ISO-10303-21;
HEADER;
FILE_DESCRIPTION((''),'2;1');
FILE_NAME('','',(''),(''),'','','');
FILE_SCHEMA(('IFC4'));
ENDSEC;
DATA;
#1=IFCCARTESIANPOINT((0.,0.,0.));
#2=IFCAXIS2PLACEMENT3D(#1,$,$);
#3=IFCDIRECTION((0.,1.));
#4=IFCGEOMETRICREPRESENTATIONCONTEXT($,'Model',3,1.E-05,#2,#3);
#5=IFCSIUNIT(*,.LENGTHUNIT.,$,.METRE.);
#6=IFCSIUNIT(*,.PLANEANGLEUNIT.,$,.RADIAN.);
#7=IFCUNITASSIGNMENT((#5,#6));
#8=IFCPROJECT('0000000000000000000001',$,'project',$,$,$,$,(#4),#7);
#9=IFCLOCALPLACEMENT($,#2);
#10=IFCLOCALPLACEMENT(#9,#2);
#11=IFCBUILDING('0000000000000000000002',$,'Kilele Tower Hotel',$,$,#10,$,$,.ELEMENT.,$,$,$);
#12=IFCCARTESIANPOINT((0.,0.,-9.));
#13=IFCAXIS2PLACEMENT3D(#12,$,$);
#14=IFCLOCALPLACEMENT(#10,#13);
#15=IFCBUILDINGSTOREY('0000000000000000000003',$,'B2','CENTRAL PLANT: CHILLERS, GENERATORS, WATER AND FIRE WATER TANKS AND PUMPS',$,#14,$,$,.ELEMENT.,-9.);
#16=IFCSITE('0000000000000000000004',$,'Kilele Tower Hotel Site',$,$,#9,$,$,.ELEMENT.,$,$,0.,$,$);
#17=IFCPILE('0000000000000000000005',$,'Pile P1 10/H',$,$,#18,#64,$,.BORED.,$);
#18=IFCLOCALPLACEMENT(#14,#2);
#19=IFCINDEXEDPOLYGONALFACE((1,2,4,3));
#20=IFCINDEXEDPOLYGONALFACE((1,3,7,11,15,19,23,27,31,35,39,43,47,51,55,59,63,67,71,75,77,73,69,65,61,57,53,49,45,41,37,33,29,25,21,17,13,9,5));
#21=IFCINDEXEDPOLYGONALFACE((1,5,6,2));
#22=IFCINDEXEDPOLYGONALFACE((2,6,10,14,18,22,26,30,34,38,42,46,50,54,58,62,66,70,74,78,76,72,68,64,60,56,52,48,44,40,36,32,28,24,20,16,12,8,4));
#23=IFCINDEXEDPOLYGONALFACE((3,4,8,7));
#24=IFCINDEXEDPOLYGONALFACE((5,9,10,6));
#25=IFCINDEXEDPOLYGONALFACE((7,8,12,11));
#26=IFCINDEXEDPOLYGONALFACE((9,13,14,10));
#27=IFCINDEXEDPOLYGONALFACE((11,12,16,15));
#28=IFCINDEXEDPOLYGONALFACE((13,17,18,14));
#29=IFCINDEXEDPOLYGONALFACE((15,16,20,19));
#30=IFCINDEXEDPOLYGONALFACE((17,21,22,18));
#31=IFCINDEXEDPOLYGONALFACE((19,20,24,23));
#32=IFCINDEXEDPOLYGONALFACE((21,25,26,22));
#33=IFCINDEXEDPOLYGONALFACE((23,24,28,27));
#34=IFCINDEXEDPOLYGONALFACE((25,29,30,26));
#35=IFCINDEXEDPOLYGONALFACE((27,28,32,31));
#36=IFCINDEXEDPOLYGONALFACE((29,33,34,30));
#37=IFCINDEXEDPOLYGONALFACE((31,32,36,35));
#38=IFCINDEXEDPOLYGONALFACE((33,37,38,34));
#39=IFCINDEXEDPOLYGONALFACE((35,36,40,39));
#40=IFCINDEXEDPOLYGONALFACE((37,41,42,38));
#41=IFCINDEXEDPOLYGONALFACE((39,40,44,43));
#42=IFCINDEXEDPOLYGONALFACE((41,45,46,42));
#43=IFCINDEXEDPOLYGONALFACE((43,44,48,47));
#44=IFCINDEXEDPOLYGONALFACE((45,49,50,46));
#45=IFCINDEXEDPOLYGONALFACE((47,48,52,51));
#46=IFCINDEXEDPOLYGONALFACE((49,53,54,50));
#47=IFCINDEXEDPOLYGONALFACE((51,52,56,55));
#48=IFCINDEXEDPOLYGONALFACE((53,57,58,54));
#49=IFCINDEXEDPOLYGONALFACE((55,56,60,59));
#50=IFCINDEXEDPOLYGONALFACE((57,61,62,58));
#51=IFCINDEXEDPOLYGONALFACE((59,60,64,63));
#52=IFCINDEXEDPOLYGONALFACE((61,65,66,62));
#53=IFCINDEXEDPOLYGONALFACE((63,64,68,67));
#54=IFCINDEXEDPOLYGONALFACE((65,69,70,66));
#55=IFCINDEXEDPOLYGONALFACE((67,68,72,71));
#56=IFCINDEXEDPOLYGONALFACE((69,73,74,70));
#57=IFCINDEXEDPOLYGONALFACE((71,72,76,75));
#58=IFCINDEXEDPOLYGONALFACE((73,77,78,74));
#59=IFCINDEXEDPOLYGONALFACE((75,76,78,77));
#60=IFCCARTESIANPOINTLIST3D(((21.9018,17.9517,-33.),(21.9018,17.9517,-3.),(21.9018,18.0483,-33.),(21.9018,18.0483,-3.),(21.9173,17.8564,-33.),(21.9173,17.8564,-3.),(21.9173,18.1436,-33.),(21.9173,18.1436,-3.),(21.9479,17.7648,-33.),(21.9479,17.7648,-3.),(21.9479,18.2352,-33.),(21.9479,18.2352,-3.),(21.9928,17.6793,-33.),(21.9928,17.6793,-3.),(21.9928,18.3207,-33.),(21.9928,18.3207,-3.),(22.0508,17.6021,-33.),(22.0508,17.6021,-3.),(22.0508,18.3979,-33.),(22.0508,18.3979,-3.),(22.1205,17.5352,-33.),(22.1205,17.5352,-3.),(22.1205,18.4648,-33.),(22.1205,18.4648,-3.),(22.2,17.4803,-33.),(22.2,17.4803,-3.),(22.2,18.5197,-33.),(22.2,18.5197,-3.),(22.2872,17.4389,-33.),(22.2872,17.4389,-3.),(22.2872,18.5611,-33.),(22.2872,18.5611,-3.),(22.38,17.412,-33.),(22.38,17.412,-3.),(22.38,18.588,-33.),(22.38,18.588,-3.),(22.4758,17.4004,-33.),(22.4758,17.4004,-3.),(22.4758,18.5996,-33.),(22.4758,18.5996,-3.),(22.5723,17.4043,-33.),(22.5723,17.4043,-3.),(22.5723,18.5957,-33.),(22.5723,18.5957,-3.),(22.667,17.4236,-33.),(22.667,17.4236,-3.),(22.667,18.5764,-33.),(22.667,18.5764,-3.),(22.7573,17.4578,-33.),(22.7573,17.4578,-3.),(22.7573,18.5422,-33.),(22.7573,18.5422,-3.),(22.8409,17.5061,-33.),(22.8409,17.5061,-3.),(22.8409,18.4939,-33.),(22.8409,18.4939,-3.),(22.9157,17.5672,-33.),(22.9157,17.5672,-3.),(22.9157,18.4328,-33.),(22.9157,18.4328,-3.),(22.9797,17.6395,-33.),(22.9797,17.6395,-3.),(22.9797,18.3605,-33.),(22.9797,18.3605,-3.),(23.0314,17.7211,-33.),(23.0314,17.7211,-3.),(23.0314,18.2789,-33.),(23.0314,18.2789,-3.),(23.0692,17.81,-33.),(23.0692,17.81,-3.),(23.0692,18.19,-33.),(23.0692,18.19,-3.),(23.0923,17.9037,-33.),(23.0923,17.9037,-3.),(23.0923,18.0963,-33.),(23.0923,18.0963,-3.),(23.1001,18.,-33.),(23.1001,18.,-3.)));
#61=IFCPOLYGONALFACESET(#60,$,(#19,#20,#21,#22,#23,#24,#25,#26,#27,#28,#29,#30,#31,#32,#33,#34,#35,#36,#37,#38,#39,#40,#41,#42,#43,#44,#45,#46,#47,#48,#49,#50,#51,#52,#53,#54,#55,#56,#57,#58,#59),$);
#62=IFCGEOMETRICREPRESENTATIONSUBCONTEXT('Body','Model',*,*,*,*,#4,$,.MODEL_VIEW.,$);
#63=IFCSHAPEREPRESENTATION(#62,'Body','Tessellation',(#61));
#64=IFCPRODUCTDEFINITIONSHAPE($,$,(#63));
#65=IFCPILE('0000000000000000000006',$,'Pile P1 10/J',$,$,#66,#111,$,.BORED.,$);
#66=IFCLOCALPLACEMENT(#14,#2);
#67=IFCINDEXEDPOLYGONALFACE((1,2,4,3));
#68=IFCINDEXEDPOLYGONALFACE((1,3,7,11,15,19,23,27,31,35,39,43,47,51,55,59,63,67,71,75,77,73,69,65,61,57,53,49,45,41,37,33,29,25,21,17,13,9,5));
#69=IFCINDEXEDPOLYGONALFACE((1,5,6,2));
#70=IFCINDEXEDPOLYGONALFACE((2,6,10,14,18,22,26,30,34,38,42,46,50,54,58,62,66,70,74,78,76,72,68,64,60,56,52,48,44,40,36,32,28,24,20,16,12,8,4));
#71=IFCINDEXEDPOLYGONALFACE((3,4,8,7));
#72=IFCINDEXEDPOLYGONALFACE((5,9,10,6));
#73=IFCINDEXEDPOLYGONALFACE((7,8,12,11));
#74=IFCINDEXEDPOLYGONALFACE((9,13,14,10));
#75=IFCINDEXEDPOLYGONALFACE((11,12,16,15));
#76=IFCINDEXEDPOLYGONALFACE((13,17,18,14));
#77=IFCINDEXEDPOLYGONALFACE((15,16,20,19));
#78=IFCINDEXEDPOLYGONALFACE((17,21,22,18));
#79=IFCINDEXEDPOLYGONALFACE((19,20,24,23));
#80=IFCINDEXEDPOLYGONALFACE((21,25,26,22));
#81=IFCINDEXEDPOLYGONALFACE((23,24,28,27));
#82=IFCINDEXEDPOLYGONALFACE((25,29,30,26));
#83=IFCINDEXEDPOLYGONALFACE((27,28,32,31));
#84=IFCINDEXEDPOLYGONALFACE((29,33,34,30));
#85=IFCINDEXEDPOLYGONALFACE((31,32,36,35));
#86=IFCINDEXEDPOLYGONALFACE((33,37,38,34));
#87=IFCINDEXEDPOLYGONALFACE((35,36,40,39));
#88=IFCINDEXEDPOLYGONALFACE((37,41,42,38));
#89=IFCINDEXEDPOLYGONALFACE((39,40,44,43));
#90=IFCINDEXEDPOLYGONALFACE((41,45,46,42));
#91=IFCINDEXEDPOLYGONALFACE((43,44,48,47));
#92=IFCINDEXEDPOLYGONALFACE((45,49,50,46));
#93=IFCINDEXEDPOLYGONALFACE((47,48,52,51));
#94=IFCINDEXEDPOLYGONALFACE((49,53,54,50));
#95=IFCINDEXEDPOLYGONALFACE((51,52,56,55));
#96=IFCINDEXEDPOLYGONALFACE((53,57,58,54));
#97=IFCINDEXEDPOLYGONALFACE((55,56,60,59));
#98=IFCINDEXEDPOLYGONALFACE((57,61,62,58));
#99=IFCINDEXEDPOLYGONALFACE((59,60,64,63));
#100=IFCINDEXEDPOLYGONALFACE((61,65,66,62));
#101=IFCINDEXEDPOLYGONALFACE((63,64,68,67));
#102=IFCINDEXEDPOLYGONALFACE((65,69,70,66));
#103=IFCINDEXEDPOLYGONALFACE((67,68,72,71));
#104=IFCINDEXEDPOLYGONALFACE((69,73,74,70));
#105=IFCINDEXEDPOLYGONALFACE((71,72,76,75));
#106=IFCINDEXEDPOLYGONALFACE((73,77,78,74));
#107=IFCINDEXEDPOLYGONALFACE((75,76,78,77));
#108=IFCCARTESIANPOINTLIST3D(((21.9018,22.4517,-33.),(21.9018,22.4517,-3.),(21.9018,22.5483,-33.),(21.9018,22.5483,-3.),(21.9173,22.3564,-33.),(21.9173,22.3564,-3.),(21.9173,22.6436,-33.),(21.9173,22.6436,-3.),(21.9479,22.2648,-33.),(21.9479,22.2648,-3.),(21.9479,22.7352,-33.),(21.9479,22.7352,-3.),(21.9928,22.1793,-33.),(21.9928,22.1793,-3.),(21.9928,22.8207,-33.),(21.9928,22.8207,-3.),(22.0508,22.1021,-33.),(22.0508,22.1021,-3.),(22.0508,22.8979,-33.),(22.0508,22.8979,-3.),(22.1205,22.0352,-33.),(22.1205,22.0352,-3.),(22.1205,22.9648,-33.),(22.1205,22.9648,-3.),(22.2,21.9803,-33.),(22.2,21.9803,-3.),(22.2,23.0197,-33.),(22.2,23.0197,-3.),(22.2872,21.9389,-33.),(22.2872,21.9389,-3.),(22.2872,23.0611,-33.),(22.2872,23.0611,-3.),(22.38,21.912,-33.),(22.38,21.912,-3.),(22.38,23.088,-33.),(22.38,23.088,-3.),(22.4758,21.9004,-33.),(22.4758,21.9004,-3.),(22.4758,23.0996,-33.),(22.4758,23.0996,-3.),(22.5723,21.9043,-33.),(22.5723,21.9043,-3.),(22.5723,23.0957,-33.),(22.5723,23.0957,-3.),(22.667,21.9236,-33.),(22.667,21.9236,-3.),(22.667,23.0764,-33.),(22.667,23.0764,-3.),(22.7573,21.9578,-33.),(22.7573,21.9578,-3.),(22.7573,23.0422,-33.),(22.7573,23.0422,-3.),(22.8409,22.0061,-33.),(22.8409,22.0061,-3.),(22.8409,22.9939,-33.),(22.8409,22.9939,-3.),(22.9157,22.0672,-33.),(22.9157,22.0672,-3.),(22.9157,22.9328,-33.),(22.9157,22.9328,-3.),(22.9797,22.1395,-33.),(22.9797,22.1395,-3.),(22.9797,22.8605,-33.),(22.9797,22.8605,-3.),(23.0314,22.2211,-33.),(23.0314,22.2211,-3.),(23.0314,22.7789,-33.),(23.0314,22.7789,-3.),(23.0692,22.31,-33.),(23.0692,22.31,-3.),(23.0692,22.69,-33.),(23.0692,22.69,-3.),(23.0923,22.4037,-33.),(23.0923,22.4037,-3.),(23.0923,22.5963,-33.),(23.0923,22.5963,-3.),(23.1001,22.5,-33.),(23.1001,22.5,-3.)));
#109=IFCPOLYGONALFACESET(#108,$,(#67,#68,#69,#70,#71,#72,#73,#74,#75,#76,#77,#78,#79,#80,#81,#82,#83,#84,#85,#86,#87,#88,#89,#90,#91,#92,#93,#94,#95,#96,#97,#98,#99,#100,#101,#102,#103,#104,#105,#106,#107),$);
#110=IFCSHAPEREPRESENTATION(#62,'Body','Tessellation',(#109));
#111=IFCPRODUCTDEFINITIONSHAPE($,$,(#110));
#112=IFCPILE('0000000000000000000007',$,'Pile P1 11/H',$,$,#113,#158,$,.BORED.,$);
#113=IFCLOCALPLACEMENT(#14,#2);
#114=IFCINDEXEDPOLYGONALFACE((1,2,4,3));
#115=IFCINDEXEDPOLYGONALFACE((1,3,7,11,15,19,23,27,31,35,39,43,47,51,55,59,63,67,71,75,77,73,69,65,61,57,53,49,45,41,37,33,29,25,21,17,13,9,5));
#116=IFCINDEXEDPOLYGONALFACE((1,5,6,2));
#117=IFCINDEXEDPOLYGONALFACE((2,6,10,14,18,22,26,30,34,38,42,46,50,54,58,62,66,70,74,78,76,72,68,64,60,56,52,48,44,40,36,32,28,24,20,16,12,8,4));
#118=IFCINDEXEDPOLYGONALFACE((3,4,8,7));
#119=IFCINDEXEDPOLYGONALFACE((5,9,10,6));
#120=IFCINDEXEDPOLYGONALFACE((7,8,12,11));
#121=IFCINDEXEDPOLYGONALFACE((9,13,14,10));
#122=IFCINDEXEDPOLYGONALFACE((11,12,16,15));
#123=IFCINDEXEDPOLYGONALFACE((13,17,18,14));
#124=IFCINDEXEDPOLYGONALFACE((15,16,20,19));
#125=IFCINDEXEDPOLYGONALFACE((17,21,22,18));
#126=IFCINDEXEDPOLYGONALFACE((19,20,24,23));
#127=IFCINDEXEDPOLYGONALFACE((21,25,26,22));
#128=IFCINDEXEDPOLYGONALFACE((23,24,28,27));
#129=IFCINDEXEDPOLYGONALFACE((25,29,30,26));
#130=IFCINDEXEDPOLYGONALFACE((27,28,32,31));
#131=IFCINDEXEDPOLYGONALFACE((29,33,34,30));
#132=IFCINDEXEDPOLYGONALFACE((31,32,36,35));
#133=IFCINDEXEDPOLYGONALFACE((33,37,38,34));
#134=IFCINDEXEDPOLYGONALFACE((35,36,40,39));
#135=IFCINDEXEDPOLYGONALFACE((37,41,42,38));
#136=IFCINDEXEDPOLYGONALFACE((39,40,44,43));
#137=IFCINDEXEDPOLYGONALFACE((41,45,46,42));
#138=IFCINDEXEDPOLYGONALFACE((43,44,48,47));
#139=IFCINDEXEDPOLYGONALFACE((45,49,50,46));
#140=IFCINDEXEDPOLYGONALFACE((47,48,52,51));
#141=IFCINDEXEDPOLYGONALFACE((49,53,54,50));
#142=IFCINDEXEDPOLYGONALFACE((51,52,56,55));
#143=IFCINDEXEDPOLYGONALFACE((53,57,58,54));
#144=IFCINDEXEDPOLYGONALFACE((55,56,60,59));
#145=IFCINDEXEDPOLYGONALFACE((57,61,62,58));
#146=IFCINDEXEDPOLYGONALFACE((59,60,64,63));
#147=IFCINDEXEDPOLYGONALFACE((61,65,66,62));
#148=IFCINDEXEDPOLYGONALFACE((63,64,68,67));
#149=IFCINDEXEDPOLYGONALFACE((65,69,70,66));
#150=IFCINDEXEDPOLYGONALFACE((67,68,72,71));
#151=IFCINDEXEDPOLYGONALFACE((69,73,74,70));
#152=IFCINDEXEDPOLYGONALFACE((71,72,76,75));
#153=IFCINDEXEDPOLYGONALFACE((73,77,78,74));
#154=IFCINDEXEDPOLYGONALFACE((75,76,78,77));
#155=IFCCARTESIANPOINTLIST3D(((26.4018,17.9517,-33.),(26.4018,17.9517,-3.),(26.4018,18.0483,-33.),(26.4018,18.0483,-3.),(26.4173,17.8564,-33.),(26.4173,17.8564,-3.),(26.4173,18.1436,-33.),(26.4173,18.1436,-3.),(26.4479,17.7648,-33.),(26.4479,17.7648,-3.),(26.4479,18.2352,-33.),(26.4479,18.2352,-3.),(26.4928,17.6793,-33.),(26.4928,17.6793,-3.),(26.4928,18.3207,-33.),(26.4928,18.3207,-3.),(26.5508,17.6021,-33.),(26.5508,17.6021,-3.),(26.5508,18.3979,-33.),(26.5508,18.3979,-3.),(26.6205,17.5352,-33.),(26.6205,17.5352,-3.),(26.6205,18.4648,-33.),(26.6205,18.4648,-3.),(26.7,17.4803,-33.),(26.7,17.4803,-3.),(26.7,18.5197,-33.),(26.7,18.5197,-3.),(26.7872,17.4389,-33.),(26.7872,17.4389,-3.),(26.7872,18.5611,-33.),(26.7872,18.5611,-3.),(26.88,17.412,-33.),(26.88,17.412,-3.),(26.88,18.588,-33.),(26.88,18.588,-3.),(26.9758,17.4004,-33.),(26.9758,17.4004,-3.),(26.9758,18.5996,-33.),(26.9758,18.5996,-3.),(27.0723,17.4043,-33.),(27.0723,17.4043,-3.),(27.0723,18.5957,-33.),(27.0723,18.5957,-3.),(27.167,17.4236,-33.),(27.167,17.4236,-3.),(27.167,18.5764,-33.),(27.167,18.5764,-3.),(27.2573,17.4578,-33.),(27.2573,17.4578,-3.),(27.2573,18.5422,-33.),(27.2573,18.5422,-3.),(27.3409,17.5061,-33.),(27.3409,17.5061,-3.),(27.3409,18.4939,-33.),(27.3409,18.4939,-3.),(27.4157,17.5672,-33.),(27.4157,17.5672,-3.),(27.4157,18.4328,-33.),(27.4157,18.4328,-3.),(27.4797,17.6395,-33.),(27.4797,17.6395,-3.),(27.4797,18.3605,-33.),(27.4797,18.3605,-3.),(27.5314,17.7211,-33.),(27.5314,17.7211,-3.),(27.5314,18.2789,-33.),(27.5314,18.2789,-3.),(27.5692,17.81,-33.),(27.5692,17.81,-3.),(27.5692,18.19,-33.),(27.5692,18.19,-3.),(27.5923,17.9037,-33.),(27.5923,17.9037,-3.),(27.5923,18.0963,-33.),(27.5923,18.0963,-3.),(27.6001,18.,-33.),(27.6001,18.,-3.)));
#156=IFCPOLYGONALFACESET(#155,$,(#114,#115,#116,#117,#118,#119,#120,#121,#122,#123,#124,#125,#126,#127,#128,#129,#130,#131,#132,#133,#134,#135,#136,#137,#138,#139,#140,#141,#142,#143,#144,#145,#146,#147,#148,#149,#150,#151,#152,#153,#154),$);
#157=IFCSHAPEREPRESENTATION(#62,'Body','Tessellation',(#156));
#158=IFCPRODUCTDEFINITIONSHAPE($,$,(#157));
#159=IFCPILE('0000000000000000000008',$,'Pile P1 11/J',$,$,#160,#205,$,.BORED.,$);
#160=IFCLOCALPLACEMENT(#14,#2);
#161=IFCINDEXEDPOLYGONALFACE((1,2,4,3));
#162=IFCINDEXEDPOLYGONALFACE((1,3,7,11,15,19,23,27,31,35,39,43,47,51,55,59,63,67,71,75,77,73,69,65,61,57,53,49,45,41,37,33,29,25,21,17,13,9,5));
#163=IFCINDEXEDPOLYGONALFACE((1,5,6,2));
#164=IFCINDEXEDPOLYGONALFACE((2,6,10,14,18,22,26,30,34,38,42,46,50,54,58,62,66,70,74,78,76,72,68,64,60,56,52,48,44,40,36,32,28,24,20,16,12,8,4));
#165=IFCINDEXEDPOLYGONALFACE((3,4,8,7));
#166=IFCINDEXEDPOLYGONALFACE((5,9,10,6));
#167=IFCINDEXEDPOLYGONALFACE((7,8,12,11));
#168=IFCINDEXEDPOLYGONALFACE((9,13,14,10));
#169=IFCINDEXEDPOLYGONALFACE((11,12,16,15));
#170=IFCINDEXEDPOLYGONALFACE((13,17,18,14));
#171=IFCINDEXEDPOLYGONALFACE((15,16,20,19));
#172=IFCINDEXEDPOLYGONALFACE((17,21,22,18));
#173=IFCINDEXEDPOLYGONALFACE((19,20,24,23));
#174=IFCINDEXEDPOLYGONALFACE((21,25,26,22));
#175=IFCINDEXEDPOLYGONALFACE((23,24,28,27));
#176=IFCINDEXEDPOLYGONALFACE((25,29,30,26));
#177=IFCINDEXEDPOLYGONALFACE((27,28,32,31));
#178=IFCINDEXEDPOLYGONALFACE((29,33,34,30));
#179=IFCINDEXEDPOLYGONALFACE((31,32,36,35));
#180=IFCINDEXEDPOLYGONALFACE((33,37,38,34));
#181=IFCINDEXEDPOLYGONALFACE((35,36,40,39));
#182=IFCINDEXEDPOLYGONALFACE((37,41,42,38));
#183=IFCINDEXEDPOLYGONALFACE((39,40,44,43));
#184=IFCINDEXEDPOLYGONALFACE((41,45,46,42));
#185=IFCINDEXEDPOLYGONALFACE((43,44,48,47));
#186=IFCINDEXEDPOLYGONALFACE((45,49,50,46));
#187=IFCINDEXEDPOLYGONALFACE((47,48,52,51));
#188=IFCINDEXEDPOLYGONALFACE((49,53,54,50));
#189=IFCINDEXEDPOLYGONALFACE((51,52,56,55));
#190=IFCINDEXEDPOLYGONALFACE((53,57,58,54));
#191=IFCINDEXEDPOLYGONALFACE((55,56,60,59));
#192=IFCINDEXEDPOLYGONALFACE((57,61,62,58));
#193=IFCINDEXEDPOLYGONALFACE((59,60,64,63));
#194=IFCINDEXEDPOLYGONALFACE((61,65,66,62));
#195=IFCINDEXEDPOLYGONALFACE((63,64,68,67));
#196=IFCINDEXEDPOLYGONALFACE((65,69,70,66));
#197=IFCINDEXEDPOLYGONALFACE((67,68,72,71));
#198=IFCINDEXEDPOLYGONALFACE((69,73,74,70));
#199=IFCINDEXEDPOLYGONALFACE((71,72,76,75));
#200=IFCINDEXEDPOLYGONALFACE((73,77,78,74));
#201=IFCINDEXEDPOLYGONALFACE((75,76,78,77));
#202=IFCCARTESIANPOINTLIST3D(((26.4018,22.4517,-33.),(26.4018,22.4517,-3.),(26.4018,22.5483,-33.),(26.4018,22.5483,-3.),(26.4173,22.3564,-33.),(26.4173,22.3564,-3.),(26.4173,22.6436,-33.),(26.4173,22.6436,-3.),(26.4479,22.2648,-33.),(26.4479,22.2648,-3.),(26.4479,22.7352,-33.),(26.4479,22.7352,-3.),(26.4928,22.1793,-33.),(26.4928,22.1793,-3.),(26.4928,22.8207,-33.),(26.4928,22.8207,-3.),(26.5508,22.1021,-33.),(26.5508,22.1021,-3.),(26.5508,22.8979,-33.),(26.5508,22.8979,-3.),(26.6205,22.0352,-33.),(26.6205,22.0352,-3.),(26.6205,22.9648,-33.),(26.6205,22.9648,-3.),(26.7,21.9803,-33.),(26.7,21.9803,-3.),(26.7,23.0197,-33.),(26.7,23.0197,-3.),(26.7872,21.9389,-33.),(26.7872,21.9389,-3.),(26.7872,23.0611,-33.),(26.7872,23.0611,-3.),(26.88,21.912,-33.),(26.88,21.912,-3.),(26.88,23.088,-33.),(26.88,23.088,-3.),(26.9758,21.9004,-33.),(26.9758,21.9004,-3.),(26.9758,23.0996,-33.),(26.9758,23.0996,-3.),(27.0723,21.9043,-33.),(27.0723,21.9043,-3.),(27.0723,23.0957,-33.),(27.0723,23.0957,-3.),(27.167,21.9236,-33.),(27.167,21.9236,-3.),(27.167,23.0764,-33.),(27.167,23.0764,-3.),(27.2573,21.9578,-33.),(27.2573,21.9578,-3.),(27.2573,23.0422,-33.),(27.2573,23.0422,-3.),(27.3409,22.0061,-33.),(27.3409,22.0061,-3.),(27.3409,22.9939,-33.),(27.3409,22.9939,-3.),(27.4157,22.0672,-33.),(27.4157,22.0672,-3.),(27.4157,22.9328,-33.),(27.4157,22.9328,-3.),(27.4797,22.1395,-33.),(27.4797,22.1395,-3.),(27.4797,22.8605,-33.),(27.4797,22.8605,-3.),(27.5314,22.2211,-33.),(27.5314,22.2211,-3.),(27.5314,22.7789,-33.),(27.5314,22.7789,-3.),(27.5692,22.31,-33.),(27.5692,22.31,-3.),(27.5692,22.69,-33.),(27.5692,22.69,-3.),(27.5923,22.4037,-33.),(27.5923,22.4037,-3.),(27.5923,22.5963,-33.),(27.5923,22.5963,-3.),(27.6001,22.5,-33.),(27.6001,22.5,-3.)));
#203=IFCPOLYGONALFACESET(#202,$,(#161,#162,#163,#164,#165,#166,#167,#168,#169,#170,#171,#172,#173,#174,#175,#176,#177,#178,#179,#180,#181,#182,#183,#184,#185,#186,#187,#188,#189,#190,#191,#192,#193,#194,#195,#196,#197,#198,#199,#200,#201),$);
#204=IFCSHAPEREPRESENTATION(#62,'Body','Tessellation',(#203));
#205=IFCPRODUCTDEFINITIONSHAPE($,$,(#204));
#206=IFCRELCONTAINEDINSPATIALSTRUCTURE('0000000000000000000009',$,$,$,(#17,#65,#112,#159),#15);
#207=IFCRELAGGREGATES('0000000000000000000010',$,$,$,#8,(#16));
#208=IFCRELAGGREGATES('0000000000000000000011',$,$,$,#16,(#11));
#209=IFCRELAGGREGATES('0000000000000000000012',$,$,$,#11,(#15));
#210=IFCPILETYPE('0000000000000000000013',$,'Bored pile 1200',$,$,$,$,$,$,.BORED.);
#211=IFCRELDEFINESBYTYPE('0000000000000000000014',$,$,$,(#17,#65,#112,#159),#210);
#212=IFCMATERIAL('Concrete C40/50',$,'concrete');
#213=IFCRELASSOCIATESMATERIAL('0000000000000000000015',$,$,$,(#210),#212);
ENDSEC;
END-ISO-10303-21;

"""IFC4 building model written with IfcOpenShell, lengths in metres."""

from ifc_helpers import new_model, si_unit, direction, frame, origin, origin_2d, place, context, subcontext, project, spatial, circle, extrude, material, material_profile, profile_set, type_object, element, save


model = new_model("IFC4")

# Units and contexts
model_context = context("Model", 3, precision=1e-05, world=origin(), true_north=direction((0.0, 1.0)))
body_context = subcontext(model_context, "Body", "Model", "MODEL_VIEW")
ifc_project = project(units=[si_unit("LENGTHUNIT", "METRE"), si_unit("PLANEANGLEUNIT", "RADIAN")], contexts=[model_context])

# Site, building, storey
site_placement = place(None, origin())
site = spatial("IfcSite", under=ifc_project, at=site_placement, Name="Kilele Tower Hotel Site", CompositionType="ELEMENT", RefElevation=0.0)
building_placement = place(site_placement, origin())
building = spatial("IfcBuilding", under=site, at=building_placement, Name="Kilele Tower Hotel", CompositionType="ELEMENT")
storey_placement = place(building_placement, frame((0.0, 0.0, -9.0)))
storey = spatial("IfcBuildingStorey", under=building, at=storey_placement, Name="B2", Description="CENTRAL PLANT: CHILLERS, GENERATORS, WATER AND FIRE WATER TANKS AND PUMPS", CompositionType="ELEMENT", Elevation=-9.0)

# Piles
ifc_material_1 = material(Name="Concrete C40/50", Category="concrete")
ifc_material_profile = material_profile(ifc_material_1, circle(Radius=0.6001, at=origin_2d()))
ifc_profile_set = profile_set([ifc_material_profile], Name="Concrete C40/50")
pile_type = type_object("IfcPileType", Name="Bored pile 1200", PredefinedType="BORED", material=ifc_profile_set)
for number, where, z_axis, x_axis, name in (
    (1, (22.5, 18.0, -3.0), (0.0, 0.0, -1.0), (1.0, 0.0, 0.0), "Pile P1 10/H"),
    (2, (22.5, 22.5, -3.0), (0.0, 0.0, -1.0), (1.0, 0.0, 0.0), "Pile P1 10/J"),
    (3, (27.0, 18.0, -3.0), (0.0, 0.0, -1.0), (1.0, 0.0, 0.0), "Pile P1 11/H"),
    (4, (27.0, 22.5, -3.0), (0.0, 0.0, -1.0), (1.0, 0.0, 0.0), "Pile P1 11/J"),
):
    element("IfcPile", number, at=place(storey_placement, frame(where, z_axis=z_axis, x_axis=x_axis)), inside=storey, type_object=pile_type, Name=name, PredefinedType="BORED", context=body_context, shape_type="SweptSolid", body=[
        extrude(circle(Radius=0.6001, at=origin_2d()), origin(), (0.0, 0.0, 1.0), 30.0),
    ])

save(model, "model.ifc")
